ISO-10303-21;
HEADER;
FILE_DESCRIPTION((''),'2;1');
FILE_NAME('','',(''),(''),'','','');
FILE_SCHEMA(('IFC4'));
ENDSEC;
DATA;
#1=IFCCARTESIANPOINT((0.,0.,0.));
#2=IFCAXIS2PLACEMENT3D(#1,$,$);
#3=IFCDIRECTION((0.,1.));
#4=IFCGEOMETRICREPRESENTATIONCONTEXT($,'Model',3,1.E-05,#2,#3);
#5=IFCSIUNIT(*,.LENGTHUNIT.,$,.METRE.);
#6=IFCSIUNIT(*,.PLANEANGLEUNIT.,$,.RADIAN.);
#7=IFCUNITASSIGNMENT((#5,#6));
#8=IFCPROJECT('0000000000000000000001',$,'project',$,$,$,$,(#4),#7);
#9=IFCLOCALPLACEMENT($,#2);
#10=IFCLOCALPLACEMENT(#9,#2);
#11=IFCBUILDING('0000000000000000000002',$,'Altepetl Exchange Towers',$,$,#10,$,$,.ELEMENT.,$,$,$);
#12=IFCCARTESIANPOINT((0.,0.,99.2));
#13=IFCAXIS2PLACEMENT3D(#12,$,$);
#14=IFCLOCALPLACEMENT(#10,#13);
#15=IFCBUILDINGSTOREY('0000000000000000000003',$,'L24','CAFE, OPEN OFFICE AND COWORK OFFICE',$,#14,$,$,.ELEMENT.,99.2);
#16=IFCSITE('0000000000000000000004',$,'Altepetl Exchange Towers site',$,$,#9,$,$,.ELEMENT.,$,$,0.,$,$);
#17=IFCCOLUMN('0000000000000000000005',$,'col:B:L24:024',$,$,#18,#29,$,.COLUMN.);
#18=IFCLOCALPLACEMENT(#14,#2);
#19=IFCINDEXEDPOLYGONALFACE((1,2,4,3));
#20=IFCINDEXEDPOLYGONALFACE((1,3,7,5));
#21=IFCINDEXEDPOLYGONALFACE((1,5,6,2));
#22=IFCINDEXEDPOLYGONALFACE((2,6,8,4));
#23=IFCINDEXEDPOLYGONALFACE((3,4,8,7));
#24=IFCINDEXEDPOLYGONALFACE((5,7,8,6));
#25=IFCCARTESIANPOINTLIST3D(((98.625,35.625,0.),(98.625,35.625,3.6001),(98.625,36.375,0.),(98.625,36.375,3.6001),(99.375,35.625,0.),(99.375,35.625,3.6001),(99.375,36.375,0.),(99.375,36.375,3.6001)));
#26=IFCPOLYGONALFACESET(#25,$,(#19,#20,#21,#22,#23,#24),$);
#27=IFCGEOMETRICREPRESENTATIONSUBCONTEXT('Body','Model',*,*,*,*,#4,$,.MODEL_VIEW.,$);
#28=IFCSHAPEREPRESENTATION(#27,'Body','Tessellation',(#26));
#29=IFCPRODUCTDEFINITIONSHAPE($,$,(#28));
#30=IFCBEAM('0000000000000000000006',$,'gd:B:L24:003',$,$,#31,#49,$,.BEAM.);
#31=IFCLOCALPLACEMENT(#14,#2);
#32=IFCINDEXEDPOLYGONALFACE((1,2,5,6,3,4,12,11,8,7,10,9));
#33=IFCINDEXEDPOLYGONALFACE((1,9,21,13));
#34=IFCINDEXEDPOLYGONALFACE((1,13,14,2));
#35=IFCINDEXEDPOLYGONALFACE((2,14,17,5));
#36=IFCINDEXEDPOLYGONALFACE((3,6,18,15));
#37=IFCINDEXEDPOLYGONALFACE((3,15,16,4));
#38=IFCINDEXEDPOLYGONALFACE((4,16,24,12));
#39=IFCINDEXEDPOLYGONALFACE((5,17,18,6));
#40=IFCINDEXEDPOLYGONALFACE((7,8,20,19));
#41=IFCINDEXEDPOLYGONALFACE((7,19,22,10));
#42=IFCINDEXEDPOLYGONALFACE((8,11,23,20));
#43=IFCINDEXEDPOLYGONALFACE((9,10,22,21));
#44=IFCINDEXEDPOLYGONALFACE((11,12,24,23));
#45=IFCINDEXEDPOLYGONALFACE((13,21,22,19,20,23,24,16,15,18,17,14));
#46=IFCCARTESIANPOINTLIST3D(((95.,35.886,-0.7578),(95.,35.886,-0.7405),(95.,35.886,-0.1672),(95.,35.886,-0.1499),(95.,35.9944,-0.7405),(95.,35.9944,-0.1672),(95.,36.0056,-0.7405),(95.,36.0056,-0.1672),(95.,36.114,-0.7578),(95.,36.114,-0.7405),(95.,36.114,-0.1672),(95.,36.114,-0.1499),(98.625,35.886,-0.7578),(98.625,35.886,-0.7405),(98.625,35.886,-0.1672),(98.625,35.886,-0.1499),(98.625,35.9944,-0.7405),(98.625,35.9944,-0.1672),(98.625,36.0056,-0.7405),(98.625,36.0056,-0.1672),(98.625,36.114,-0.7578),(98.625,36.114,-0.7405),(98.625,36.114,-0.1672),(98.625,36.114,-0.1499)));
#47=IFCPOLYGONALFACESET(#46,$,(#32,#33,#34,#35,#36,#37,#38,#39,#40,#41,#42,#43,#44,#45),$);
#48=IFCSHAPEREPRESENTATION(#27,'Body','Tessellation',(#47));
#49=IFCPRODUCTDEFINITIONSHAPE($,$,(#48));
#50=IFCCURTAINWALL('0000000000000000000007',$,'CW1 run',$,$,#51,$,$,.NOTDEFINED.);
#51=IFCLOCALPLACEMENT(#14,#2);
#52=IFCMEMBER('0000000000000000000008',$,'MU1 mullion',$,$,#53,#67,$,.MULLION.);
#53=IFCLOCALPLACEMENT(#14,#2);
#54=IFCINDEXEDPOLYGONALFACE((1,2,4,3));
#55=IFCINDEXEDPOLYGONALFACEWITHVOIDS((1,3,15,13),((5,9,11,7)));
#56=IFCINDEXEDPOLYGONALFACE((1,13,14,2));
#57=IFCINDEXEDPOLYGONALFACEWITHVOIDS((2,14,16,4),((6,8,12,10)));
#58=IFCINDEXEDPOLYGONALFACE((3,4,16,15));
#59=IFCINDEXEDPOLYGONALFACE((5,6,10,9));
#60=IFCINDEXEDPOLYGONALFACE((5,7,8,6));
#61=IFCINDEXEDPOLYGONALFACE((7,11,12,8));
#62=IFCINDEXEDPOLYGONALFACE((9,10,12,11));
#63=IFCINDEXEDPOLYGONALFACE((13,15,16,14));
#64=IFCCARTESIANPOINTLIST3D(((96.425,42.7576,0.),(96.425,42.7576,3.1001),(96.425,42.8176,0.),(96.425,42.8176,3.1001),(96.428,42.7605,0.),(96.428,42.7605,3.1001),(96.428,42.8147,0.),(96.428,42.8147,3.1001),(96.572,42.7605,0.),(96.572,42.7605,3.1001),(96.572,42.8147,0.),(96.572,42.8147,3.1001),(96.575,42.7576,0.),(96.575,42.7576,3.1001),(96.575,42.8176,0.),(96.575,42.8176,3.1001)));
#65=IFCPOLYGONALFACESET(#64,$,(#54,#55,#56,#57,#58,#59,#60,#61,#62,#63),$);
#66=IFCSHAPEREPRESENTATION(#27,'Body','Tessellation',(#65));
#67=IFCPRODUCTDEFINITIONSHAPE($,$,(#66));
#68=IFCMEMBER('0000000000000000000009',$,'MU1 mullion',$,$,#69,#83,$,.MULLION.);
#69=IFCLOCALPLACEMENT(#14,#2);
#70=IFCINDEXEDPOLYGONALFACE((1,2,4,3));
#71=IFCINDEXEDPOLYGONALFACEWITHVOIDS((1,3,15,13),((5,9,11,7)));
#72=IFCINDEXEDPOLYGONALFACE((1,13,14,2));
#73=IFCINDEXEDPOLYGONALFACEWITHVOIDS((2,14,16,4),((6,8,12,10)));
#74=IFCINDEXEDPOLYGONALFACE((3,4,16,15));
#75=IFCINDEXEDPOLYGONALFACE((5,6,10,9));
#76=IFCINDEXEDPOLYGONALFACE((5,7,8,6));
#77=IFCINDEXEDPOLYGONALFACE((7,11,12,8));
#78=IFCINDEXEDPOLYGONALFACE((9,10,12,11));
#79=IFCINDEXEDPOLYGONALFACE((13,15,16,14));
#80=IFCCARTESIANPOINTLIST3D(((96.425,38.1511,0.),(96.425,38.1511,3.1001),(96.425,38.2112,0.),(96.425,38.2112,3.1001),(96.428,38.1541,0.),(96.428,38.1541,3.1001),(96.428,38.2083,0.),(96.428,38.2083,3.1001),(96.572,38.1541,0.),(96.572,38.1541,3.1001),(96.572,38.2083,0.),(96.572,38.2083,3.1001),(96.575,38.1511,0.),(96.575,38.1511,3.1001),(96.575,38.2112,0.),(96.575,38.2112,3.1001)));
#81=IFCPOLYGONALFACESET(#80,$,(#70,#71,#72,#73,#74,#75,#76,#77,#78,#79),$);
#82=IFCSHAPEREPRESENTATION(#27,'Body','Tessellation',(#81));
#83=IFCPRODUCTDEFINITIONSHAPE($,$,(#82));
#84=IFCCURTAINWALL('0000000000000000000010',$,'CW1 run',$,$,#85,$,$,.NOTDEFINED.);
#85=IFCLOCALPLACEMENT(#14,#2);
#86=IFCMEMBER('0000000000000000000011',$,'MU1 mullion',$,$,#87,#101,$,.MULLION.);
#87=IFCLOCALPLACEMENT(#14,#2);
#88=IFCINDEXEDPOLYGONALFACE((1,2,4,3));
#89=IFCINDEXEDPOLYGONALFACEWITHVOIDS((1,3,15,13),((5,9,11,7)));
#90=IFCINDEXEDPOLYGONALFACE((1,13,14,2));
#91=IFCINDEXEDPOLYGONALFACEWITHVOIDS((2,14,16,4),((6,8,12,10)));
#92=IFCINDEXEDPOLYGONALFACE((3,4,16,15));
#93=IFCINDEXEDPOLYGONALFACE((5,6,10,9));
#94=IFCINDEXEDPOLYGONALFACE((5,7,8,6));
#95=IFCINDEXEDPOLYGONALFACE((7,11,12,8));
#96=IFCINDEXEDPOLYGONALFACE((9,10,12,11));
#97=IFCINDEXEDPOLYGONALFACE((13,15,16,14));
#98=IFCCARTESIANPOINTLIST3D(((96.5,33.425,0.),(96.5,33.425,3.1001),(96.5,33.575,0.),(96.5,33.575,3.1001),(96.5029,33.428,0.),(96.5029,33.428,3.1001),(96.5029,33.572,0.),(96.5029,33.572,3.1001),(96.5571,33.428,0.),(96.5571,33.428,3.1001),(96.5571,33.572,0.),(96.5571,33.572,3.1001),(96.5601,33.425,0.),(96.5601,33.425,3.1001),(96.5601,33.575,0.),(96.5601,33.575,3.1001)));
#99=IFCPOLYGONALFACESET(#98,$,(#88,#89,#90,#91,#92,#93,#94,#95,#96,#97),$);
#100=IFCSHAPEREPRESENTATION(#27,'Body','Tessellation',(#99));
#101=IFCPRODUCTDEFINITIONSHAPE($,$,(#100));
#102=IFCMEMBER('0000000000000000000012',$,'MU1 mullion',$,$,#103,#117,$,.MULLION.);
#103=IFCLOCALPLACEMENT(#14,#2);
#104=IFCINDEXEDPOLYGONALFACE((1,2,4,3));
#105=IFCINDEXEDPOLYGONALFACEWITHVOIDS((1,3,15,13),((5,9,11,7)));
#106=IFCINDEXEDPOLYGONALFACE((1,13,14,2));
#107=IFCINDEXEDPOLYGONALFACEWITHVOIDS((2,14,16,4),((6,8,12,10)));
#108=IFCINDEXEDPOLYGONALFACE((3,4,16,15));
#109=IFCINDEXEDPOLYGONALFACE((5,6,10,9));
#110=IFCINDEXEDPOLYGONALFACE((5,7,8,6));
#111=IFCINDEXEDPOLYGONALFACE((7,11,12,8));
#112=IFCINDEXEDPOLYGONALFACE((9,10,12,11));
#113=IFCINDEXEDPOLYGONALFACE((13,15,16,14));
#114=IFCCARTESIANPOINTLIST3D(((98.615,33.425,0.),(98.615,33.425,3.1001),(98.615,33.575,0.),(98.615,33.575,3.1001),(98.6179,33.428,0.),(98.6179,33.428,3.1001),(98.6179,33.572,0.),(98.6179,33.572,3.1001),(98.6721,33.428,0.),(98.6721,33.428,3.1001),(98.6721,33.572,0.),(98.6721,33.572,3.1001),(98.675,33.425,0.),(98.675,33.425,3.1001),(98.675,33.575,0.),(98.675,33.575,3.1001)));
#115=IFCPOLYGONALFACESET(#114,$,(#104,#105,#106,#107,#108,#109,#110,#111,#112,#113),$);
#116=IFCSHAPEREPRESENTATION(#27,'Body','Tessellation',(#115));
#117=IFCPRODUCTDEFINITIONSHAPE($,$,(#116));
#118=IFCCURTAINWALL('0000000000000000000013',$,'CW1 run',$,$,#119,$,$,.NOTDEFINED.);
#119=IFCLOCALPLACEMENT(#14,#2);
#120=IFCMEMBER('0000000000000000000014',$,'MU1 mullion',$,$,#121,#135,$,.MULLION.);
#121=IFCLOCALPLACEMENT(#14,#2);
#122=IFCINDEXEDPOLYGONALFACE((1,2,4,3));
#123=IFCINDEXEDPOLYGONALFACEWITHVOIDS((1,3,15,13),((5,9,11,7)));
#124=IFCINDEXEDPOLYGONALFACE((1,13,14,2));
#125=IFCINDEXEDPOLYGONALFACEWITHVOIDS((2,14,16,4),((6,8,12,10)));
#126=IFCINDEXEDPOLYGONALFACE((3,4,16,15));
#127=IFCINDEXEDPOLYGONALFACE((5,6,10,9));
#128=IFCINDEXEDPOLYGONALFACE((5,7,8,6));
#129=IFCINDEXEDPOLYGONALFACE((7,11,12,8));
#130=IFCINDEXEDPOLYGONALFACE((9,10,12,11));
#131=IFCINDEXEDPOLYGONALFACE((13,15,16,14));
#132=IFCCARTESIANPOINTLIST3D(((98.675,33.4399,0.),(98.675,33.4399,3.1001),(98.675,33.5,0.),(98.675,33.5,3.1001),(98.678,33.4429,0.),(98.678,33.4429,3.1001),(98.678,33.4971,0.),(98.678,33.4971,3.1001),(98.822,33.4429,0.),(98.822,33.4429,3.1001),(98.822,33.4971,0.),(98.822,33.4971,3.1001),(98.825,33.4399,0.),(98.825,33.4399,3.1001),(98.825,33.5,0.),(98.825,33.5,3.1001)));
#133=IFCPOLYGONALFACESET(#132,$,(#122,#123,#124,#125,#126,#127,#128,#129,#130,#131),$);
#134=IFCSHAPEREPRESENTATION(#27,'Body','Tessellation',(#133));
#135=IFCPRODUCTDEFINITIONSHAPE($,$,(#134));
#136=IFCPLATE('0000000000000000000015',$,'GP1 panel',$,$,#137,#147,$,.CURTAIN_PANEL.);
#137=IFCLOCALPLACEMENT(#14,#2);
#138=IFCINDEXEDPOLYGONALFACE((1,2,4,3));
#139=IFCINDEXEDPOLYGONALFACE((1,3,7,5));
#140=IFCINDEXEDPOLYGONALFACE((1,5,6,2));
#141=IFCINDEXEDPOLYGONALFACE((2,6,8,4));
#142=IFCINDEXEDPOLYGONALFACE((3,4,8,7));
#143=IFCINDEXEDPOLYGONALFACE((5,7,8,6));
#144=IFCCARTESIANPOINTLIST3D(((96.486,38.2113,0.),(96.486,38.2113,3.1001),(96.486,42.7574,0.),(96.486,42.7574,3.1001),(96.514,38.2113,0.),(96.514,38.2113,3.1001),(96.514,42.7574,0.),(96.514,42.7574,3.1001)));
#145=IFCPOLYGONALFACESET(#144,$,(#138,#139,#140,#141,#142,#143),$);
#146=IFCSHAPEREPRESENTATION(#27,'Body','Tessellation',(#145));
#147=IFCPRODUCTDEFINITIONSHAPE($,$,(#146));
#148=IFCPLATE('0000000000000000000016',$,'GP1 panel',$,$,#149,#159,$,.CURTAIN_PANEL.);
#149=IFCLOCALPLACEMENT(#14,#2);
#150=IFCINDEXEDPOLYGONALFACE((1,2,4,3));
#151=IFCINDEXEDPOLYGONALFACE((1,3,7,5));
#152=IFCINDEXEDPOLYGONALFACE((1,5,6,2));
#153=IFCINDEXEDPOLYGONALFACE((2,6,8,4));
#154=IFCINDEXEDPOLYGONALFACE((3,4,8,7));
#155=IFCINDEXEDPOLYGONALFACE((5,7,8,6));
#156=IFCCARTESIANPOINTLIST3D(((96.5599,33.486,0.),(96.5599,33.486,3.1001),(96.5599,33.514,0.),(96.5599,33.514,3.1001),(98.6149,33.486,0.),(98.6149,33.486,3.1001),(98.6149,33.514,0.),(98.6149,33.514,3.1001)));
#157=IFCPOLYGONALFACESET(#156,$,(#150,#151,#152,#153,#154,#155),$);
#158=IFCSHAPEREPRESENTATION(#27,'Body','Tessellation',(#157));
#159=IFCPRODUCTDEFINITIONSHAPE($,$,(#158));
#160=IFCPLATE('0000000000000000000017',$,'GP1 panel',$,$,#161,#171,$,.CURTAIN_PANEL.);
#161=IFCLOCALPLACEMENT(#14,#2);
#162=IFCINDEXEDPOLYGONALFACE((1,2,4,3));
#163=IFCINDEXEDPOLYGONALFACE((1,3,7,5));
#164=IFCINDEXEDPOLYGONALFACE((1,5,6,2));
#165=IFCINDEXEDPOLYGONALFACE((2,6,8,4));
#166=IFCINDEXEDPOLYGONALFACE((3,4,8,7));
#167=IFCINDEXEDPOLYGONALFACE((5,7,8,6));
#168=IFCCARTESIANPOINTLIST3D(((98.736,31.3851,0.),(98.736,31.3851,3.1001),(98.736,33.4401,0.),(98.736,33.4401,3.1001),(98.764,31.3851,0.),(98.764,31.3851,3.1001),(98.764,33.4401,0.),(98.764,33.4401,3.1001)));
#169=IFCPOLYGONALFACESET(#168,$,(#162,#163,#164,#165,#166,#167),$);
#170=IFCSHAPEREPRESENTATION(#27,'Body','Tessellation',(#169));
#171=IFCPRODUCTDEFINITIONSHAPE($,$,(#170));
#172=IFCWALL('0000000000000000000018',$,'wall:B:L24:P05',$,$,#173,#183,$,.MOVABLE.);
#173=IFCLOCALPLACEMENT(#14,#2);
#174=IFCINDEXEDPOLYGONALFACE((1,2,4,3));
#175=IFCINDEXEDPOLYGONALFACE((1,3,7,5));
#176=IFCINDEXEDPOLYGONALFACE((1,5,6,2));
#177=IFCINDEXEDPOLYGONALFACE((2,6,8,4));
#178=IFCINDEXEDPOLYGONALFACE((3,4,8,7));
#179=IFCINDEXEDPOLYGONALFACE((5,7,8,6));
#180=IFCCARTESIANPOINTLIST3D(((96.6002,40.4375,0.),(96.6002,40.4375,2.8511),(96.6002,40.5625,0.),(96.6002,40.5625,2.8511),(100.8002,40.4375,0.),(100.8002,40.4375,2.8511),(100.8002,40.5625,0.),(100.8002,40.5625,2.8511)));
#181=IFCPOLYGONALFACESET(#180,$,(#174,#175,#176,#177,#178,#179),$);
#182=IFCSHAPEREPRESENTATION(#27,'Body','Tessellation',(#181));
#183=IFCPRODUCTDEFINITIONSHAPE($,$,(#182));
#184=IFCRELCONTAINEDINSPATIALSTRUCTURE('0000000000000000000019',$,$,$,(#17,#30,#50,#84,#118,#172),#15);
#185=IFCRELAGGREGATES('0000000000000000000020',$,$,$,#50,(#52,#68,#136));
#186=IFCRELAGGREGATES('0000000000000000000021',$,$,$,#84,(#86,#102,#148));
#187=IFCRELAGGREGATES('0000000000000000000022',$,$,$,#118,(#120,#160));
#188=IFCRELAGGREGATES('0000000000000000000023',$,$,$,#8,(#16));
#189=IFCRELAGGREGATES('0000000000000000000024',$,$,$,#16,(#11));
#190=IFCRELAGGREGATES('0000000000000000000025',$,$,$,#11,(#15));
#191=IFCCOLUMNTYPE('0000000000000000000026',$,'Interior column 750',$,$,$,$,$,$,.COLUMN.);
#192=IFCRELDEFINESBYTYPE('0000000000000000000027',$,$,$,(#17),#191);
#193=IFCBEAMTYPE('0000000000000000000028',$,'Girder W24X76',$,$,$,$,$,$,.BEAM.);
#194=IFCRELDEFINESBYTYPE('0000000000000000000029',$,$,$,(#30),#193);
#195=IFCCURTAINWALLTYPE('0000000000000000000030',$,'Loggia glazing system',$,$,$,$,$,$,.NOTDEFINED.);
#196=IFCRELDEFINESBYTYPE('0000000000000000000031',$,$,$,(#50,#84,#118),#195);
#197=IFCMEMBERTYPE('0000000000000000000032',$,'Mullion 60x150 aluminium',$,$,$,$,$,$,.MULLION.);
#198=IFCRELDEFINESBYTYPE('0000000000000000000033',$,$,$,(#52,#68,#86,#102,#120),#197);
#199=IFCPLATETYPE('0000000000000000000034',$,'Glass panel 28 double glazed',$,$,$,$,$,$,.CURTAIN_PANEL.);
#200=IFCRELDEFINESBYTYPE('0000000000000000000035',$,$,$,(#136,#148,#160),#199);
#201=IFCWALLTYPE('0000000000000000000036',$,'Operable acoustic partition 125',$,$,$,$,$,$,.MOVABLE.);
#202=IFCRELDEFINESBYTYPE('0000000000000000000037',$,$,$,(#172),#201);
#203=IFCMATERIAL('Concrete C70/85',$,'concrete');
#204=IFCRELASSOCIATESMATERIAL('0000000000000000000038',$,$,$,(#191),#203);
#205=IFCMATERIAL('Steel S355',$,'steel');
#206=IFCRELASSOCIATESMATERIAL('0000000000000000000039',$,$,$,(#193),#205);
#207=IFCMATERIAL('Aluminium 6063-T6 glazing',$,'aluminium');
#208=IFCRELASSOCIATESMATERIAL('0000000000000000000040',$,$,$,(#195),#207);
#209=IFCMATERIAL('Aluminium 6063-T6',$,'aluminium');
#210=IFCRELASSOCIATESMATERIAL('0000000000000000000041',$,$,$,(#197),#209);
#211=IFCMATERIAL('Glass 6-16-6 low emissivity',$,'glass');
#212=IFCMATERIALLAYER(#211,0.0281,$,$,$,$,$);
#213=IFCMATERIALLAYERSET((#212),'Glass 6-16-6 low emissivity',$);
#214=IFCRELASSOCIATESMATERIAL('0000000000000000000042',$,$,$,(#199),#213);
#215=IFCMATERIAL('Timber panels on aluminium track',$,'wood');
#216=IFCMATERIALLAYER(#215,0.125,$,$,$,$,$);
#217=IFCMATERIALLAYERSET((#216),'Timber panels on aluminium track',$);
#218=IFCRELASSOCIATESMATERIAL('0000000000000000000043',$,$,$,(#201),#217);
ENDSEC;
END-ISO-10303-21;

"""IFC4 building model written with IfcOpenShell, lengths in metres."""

from ifc_helpers import new_model, si_unit, direction, frame, frame_2d, origin, origin_2d, place, context, subcontext, project, spatial, rectangle, hollow_rectangle, i_section, extrude, material, layer, layer_set, material_profile, profile_set, type_object, element, aggregate, save


model = new_model("IFC4")

# Units and contexts
model_context = context("Model", 3, precision=1e-05, world=origin(), true_north=direction((0.0, 1.0)))
body_context = subcontext(model_context, "Body", "Model", "MODEL_VIEW")
ifc_project = project(units=[si_unit("LENGTHUNIT", "METRE"), si_unit("PLANEANGLEUNIT", "RADIAN")], contexts=[model_context])

# Site, building, storey
site_placement = place(None, origin())
site = spatial("IfcSite", under=ifc_project, at=site_placement, Name="Altepetl Exchange Towers site", CompositionType="ELEMENT", RefElevation=0.0)
building_placement = place(site_placement, origin())
building = spatial("IfcBuilding", under=site, at=building_placement, Name="Altepetl Exchange Towers", CompositionType="ELEMENT")
storey_placement = place(building_placement, frame((0.0, 0.0, 99.2)))
storey = spatial("IfcBuildingStorey", under=building, at=storey_placement, Name="L24", Description="CAFE, OPEN OFFICE AND COWORK OFFICE", CompositionType="ELEMENT", Elevation=99.2)

# Column
ifc_material_1 = material(Name="Concrete C70/85", Category="concrete")
ifc_material_profile_1 = material_profile(ifc_material_1, rectangle(XDim=0.75, YDim=0.75, at=origin_2d()), Name="750 x 750")
ifc_profile_set_1 = profile_set([ifc_material_profile_1], Name="Concrete C70/85")
column_type = type_object("IfcColumnType", Name="Interior column 750", PredefinedType="COLUMN", material=ifc_profile_set_1)
column_placement = place(storey_placement, frame((99.0, 36.0, 0.0)))
element("IfcColumn", 1, at=column_placement, inside=storey, type_object=column_type, Name="col:B:L24:024", PredefinedType="COLUMN", context=body_context, shape_type="SweptSolid", body=[
    extrude(rectangle(XDim=0.75, YDim=0.75, at=origin_2d()), origin(), (0.0, 0.0, 1.0), 3.6001),
])

# Beam
ifc_material_2 = material(Name="Steel S355", Category="steel")
ifc_material_profile_2 = material_profile(ifc_material_2, i_section(OverallWidth=0.228, OverallDepth=0.6079, WebThickness=0.0112, FlangeThickness=0.0173, at=origin_2d()), Name="W24X76")
ifc_profile_set_2 = profile_set([ifc_material_profile_2], Name="Steel S355")
beam_type = type_object("IfcBeamType", Name="Girder W24X76", PredefinedType="BEAM", material=ifc_profile_set_2)
beam_placement = place(storey_placement, frame((98.625, 36.0, -0.4539), z_axis=(-1.0, 0.0, 0.0), x_axis=(0.0, -1.0, 0.0)))
element("IfcBeam", 2, at=beam_placement, inside=storey, type_object=beam_type, Name="gd:B:L24:003", PredefinedType="BEAM", context=body_context, shape_type="SweptSolid", body=[
    extrude(i_section(OverallWidth=0.228, OverallDepth=0.6079, WebThickness=0.0112, FlangeThickness=0.0173, at=origin_2d()), origin(), (0.0, 0.0, 1.0), 3.625),
])

# Curtain walls, members
ifc_material_3 = material(Name="Aluminium 6063-T6 glazing", Category="aluminium")
curtain_wall_type = type_object("IfcCurtainWallType", Name="Loggia glazing system", PredefinedType="NOTDEFINED", material=ifc_material_3)
curtain_wall_1_placement = place(storey_placement, origin())
curtain_wall_1 = element("IfcCurtainWall", 3, at=curtain_wall_1_placement, inside=storey, type_object=curtain_wall_type, Name="CW1 run", PredefinedType="NOTDEFINED")
ifc_material_4 = material(Name="Aluminium 6063-T6", Category="aluminium")
ifc_material_profile_3 = material_profile(ifc_material_4, hollow_rectangle(XDim=0.0601, YDim=0.1499, WallThickness=0.0029, at=origin_2d()), Name="Mullion 60x150 aluminium")
ifc_profile_set_3 = profile_set([ifc_material_profile_3], Name="Aluminium 6063-T6")
member_type = type_object("IfcMemberType", Name="Mullion 60x150 aluminium", PredefinedType="MULLION", material=ifc_profile_set_3)
member_1_placement = place(storey_placement, frame((96.5, 42.7876, 0.0), z_axis=(0.0, 0.0, 1.0), x_axis=(0.0, -1.0, 0.0)))
member_1 = element("IfcMember", 4, at=member_1_placement, type_object=member_type, Name="MU1 mullion", PredefinedType="MULLION", context=body_context, shape_type="SweptSolid", body=[
    extrude(hollow_rectangle(XDim=0.0601, YDim=0.1499, WallThickness=0.0029, at=origin_2d()), origin(), (0.0, 0.0, 1.0), 3.1001),
])
member_2_placement = place(storey_placement, frame((96.5, 38.1812, 0.0), z_axis=(0.0, 0.0, 1.0), x_axis=(0.0, -1.0, 0.0)))
member_2 = element("IfcMember", 5, at=member_2_placement, type_object=member_type, Name="MU1 mullion", PredefinedType="MULLION", context=body_context, shape_type="SweptSolid", body=[
    extrude(hollow_rectangle(XDim=0.0601, YDim=0.1499, WallThickness=0.0029, at=origin_2d()), origin(), (0.0, 0.0, 1.0), 3.1001),
])
curtain_wall_2_placement = place(storey_placement, origin())
curtain_wall_2 = element("IfcCurtainWall", 6, at=curtain_wall_2_placement, inside=storey, type_object=curtain_wall_type, Name="CW1 run", PredefinedType="NOTDEFINED")
member_3_placement = place(storey_placement, frame((96.53, 33.5, 0.0)))
member_3 = element("IfcMember", 7, at=member_3_placement, type_object=member_type, Name="MU1 mullion", PredefinedType="MULLION", context=body_context, shape_type="SweptSolid", body=[
    extrude(hollow_rectangle(XDim=0.0601, YDim=0.1499, WallThickness=0.0029, at=origin_2d()), origin(), (0.0, 0.0, 1.0), 3.1001),
])
member_4_placement = place(storey_placement, frame((98.645, 33.5, 0.0)))
member_4 = element("IfcMember", 8, at=member_4_placement, type_object=member_type, Name="MU1 mullion", PredefinedType="MULLION", context=body_context, shape_type="SweptSolid", body=[
    extrude(hollow_rectangle(XDim=0.0601, YDim=0.1499, WallThickness=0.0029, at=origin_2d()), origin(), (0.0, 0.0, 1.0), 3.1001),
])

# Curtain wall, member
curtain_wall_3_placement = place(storey_placement, origin())
curtain_wall_3 = element("IfcCurtainWall", 9, at=curtain_wall_3_placement, inside=storey, type_object=curtain_wall_type, Name="CW1 run", PredefinedType="NOTDEFINED")
member_5_placement = place(storey_placement, frame((98.75, 33.47, 0.0), z_axis=(0.0, 0.0, 1.0), x_axis=(0.0, -1.0, 0.0)))
member_5 = element("IfcMember", 10, at=member_5_placement, type_object=member_type, Name="MU1 mullion", PredefinedType="MULLION", context=body_context, shape_type="SweptSolid", body=[
    extrude(hollow_rectangle(XDim=0.0601, YDim=0.1499, WallThickness=0.0029, at=origin_2d()), origin(), (0.0, 0.0, 1.0), 3.1001),
])

# Plates
ifc_material_5 = material(Name="Glass 6-16-6 low emissivity", Category="glass")
ifc_layer_1 = layer(ifc_material_5, 0.0281)
ifc_layer_set_1 = layer_set([ifc_layer_1], Name="Glass 6-16-6 low emissivity")
plate_type = type_object("IfcPlateType", Name="Glass panel 28 double glazed", PredefinedType="CURTAIN_PANEL", material=ifc_layer_set_1)
plate_1_placement = place(storey_placement, frame((96.5, 40.4844, 0.0), z_axis=(0.0, 0.0, 1.0), x_axis=(0.0, -1.0, 0.0)))
plate_1 = element("IfcPlate", 11, at=plate_1_placement, type_object=plate_type, Name="GP1 panel", PredefinedType="CURTAIN_PANEL", context=body_context, shape_type="SweptSolid", body=[
    extrude(rectangle(XDim=4.5461, YDim=0.0281, at=origin_2d()), origin(), (0.0, 0.0, 1.0), 3.1001),
])
aggregate(curtain_wall_1, [member_1, member_2, plate_1])
plate_2_placement = place(storey_placement, frame((97.5874, 33.5, 0.0)))
plate_2 = element("IfcPlate", 12, at=plate_2_placement, type_object=plate_type, Name="GP1 panel", PredefinedType="CURTAIN_PANEL", context=body_context, shape_type="SweptSolid", body=[
    extrude(rectangle(XDim=2.0549, YDim=0.0281, at=origin_2d()), origin(), (0.0, 0.0, 1.0), 3.1001),
])
aggregate(curtain_wall_2, [member_3, member_4, plate_2])
plate_3_placement = place(storey_placement, frame((98.75, 32.4126, 0.0), z_axis=(0.0, 0.0, 1.0), x_axis=(0.0, -1.0, 0.0)))
plate_3 = element("IfcPlate", 13, at=plate_3_placement, type_object=plate_type, Name="GP1 panel", PredefinedType="CURTAIN_PANEL", context=body_context, shape_type="SweptSolid", body=[
    extrude(rectangle(XDim=2.0549, YDim=0.0281, at=origin_2d()), origin(), (0.0, 0.0, 1.0), 3.1001),
])
aggregate(curtain_wall_3, [member_5, plate_3])

# Wall
ifc_material_6 = material(Name="Timber panels on aluminium track", Category="wood")
ifc_layer_2 = layer(ifc_material_6, 0.125)
ifc_layer_set_2 = layer_set([ifc_layer_2], Name="Timber panels on aluminium track")
wall_type_1 = type_object("IfcWallType", Name="Operable acoustic partition 125", PredefinedType="MOVABLE", material=ifc_layer_set_2)
wall_1_placement = place(storey_placement, frame((96.6001, 40.5, 0.0)))
element("IfcWall", 14, at=wall_1_placement, inside=storey, type_object=wall_type_1, Name="wall:B:L24:P05", PredefinedType="MOVABLE", context=body_context, shape_type="SweptSolid", body=[
    extrude(rectangle(XDim=4.2, YDim=0.125, at=frame_2d((2.1001, 0.0))), origin(), (0.0, 0.0, 1.0), 2.8511),
])

save(model, "model.ifc")
